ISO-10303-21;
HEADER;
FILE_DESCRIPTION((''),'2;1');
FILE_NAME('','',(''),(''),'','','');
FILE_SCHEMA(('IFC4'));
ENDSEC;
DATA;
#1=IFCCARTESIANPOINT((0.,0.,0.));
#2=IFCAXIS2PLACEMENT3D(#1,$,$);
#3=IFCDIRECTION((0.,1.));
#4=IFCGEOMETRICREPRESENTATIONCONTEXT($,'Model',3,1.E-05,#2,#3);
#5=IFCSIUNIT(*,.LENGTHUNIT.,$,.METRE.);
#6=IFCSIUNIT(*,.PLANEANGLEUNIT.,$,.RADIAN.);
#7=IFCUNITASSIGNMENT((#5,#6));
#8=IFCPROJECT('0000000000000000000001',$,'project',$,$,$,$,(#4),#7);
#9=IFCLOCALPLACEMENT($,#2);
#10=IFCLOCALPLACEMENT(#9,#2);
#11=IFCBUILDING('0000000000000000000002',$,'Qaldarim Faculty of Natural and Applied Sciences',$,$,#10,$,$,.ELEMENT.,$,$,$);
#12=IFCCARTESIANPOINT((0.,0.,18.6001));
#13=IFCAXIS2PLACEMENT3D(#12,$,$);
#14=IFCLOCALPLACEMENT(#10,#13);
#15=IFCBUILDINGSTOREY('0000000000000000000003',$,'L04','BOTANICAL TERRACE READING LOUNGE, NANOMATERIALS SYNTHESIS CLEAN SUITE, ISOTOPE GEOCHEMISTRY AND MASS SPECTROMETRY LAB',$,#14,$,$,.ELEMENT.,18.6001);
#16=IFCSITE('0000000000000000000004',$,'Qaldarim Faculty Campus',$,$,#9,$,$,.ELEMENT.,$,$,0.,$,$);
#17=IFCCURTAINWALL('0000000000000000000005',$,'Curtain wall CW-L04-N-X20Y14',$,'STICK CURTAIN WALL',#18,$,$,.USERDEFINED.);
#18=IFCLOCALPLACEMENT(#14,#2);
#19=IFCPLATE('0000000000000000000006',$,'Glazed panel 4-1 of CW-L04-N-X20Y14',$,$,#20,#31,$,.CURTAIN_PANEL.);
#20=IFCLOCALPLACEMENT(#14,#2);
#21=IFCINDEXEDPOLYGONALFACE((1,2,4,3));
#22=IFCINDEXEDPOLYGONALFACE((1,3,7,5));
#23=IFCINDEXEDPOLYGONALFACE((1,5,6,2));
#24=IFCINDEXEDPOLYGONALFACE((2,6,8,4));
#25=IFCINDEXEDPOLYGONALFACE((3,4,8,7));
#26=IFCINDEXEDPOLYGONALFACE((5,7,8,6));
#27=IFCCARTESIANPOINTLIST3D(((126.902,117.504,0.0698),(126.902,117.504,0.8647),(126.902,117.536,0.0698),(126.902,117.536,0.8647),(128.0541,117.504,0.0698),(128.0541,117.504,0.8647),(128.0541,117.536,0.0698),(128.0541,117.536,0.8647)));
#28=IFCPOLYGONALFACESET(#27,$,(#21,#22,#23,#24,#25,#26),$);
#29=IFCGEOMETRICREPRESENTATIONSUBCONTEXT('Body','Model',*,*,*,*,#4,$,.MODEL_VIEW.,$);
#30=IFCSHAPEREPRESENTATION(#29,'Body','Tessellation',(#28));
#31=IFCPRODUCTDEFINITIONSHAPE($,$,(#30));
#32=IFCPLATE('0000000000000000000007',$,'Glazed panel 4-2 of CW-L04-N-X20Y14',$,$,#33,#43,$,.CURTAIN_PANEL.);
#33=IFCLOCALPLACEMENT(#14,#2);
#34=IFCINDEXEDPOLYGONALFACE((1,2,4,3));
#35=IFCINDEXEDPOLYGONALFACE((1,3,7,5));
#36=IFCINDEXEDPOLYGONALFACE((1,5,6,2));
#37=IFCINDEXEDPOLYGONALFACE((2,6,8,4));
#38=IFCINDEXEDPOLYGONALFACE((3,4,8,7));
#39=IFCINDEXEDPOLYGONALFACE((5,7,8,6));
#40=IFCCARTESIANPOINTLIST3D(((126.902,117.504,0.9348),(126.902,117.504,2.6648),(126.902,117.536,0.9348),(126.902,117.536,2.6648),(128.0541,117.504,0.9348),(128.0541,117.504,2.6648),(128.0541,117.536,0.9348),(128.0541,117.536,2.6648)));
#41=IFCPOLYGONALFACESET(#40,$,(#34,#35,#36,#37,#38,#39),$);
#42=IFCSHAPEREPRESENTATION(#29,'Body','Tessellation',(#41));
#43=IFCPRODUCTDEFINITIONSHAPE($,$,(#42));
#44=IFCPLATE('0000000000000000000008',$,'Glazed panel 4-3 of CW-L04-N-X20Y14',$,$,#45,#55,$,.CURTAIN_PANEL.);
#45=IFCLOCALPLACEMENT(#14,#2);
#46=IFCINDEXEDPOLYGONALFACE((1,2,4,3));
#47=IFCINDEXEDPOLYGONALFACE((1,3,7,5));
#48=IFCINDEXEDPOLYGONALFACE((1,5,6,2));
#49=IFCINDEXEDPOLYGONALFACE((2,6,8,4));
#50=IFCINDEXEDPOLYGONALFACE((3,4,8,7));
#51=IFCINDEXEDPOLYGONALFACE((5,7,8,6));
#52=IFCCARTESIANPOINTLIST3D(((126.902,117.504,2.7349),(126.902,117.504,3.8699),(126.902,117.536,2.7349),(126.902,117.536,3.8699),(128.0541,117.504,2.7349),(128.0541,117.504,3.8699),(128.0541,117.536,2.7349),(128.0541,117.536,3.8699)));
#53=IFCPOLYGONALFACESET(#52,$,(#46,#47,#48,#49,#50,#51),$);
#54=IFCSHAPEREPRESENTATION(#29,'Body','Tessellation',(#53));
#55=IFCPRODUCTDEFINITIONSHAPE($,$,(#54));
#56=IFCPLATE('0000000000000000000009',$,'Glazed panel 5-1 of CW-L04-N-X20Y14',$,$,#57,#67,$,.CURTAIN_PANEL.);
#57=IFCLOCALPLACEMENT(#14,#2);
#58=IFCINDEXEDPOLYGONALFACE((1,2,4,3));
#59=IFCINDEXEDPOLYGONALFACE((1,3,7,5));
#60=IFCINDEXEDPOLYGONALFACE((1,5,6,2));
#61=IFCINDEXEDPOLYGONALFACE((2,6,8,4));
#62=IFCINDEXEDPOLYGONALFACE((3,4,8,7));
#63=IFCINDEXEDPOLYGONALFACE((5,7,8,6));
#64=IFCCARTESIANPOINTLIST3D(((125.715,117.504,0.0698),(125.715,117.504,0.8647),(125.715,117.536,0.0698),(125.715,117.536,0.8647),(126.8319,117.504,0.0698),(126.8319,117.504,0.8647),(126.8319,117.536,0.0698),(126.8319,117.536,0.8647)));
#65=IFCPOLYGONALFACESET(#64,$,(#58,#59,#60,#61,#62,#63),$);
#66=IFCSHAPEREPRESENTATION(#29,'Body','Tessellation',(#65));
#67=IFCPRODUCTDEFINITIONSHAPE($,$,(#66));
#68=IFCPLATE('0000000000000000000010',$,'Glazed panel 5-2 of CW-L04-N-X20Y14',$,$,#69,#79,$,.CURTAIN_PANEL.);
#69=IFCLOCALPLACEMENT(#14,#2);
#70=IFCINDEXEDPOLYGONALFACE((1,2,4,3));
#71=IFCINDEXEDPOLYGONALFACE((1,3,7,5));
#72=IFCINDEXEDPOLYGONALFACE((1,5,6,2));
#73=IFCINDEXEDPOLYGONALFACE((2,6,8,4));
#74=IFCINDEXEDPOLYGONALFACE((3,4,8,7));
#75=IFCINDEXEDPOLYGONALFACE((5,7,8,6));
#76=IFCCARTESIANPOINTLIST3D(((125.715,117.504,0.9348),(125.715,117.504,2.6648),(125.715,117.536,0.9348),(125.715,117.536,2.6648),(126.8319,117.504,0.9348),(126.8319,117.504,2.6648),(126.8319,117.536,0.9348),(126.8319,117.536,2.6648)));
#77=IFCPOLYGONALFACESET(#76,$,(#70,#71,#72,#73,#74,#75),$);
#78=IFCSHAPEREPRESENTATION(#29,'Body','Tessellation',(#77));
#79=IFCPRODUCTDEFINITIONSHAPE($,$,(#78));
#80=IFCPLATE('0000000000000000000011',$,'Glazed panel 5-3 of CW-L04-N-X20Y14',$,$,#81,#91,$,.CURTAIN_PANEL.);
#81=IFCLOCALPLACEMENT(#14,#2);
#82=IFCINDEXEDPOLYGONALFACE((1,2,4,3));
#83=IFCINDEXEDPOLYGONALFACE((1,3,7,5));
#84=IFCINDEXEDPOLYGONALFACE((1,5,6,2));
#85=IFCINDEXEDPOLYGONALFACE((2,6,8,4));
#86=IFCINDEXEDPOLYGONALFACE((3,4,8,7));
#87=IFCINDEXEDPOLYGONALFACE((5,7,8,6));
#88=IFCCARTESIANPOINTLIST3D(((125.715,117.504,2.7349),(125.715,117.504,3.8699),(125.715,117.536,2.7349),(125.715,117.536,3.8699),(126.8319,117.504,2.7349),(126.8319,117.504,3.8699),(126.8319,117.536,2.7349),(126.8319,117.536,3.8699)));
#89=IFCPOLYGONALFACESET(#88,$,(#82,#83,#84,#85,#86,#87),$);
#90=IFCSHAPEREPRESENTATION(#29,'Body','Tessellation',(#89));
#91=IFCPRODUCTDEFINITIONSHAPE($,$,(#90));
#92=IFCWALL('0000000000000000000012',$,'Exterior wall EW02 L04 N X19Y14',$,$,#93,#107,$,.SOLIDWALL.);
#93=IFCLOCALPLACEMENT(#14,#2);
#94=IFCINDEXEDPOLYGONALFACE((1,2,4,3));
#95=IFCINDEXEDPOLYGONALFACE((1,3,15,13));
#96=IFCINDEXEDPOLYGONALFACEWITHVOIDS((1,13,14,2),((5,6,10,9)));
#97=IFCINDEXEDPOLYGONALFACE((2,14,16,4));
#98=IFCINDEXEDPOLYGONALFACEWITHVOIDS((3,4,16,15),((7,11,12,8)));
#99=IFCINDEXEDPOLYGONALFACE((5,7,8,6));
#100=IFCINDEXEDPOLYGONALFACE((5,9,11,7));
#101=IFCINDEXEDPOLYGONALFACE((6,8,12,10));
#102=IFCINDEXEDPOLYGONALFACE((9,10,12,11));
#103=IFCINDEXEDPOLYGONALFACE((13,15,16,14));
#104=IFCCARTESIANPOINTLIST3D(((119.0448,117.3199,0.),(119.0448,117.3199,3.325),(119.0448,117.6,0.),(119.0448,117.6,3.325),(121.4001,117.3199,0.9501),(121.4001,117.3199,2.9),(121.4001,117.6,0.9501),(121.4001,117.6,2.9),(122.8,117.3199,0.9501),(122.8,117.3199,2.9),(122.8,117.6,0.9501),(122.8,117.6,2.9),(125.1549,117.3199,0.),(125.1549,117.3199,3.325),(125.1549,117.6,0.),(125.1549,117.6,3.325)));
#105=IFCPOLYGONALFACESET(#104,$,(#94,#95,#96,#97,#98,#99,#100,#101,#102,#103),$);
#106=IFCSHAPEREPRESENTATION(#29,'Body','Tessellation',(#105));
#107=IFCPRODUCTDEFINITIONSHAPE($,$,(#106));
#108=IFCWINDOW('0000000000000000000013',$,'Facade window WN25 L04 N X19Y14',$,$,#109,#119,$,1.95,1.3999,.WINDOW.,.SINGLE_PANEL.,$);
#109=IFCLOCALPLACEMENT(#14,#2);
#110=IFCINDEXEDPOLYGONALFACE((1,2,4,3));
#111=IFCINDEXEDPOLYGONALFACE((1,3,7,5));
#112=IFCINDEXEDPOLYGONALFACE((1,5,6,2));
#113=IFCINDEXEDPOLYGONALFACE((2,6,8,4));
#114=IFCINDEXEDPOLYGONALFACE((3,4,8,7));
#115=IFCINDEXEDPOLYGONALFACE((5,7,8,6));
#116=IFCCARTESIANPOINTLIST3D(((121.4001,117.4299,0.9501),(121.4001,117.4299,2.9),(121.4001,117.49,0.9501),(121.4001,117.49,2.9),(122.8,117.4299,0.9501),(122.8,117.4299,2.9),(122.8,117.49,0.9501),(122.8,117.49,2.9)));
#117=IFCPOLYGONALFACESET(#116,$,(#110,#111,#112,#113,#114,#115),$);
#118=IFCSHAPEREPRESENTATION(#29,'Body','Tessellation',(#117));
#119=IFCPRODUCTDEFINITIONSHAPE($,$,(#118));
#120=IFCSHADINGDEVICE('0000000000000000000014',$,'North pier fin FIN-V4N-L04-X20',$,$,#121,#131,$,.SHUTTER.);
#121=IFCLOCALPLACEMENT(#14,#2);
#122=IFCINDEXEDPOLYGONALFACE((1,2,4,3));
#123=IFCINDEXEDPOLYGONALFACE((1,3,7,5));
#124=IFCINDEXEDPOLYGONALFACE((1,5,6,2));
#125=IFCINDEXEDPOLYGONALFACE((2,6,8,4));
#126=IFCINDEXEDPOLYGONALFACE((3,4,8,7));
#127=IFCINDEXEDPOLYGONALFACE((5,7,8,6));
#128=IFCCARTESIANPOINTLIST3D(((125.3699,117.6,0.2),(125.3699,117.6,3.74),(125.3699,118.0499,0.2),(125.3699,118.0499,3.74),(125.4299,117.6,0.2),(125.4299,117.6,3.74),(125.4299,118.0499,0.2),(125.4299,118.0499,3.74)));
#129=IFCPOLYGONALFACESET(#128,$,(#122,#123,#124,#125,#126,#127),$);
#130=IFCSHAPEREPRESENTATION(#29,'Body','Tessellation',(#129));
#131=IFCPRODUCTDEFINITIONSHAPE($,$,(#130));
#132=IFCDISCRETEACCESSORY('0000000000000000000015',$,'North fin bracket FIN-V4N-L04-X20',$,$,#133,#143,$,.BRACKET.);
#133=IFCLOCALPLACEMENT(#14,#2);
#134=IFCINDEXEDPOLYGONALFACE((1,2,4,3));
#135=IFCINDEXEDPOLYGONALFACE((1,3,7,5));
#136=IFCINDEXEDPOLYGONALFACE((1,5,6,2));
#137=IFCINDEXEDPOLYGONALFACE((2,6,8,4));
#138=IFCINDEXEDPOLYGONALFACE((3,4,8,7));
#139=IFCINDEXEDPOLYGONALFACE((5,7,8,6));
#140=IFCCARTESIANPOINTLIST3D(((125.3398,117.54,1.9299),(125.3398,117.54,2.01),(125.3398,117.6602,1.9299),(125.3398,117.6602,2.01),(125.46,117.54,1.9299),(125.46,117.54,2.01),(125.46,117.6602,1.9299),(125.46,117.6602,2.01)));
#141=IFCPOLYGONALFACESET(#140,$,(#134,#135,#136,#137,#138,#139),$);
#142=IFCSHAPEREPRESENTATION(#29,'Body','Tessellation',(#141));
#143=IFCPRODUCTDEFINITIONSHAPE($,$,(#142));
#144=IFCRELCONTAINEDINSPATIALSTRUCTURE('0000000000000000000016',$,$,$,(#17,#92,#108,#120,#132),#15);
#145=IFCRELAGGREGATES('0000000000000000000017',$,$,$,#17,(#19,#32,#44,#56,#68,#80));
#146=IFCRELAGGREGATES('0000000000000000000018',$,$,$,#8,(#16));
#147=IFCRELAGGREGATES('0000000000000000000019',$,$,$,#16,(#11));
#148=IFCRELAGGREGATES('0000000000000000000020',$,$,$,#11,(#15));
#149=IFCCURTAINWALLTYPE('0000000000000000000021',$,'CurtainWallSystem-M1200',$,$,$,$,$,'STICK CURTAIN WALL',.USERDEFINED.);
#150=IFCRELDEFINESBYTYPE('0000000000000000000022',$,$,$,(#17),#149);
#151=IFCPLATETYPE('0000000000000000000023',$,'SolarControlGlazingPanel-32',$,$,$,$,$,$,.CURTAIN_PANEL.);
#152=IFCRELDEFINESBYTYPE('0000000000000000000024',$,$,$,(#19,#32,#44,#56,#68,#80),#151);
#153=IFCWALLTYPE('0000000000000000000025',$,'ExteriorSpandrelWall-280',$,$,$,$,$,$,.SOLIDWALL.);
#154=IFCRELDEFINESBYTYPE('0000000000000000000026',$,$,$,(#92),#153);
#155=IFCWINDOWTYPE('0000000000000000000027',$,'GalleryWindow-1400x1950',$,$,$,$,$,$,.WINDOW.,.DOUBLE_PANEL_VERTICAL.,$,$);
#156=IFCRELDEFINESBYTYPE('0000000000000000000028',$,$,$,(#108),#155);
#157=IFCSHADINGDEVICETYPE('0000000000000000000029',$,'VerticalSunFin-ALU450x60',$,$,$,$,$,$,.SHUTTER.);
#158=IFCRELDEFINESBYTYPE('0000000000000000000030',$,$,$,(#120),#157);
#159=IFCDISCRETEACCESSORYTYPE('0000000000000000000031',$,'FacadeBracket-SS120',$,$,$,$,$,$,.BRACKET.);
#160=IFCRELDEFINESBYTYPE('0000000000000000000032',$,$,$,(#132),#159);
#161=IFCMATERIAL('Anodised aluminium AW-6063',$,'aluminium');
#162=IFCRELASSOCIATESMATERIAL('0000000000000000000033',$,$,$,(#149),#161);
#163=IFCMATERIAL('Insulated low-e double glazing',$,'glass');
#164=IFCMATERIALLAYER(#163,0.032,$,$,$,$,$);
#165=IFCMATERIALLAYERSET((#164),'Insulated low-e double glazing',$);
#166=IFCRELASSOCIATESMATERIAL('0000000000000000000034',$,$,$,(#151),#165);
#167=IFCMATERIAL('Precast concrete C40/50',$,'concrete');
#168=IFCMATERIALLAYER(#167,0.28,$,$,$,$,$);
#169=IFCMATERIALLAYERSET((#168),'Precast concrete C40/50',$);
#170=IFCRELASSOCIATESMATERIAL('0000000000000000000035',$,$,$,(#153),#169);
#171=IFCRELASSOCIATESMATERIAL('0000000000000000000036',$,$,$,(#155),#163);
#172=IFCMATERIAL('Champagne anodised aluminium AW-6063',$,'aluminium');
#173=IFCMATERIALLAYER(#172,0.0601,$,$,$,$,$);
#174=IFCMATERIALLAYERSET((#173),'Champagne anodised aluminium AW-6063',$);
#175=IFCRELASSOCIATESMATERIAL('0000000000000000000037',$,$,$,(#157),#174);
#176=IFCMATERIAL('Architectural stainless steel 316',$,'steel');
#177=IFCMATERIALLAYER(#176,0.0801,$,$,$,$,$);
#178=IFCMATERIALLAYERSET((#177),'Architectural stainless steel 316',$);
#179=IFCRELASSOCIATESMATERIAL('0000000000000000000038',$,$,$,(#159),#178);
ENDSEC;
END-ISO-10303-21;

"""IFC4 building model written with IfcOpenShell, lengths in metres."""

from ifc_helpers import new_model, si_unit, direction, frame, frame_2d, origin, origin_2d, place, context, subcontext, project, spatial, rectangle, extrude, material, layer, layer_set, type_object, element, fill, aggregate, save


model = new_model("IFC4")

# Units and contexts
model_context = context("Model", 3, precision=1e-05, world=origin(), true_north=direction((0.0, 1.0)))
body_context = subcontext(model_context, "Body", "Model", "MODEL_VIEW")
ifc_project = project(units=[si_unit("LENGTHUNIT", "METRE"), si_unit("PLANEANGLEUNIT", "RADIAN")], contexts=[model_context])

# Site, building, storey
site_placement = place(None, origin())
site = spatial("IfcSite", under=ifc_project, at=site_placement, Name="Qaldarim Faculty Campus", CompositionType="ELEMENT", RefElevation=0.0)
building_placement = place(site_placement, origin())
building = spatial("IfcBuilding", under=site, at=building_placement, Name="Qaldarim Faculty of Natural and Applied Sciences", CompositionType="ELEMENT")
storey_placement = place(building_placement, frame((0.0, 0.0, 18.6001)))
storey = spatial("IfcBuildingStorey", under=building, at=storey_placement, Name="L04", Description="BOTANICAL TERRACE READING LOUNGE, NANOMATERIALS SYNTHESIS CLEAN SUITE, ISOTOPE GEOCHEMISTRY AND MASS SPECTROMETRY LAB", CompositionType="ELEMENT", Elevation=18.6001)

# Curtain wall
ifc_material_1 = material(Name="Anodised aluminium AW-6063", Category="aluminium")
curtain_wall_type = type_object("IfcCurtainWallType", Name="CurtainWallSystem-M1200", ElementType="STICK CURTAIN WALL", PredefinedType="USERDEFINED", material=ifc_material_1)
curtain_wall_placement = place(storey_placement, origin())
curtain_wall = element("IfcCurtainWall", 1, at=curtain_wall_placement, inside=storey, type_object=curtain_wall_type, Name="Curtain wall CW-L04-N-X20Y14", ObjectType="STICK CURTAIN WALL", PredefinedType="USERDEFINED")

# Shared definitions
ifc_material_2 = material(Name="Precast concrete C40/50", Category="concrete")

# Plates
ifc_material_3 = material(Name="Insulated low-e double glazing", Category="glass")
ifc_layer_1 = layer(ifc_material_3, 0.032)
ifc_layer_set_1 = layer_set([ifc_layer_1], Name="Insulated low-e double glazing")
plate_type = type_object("IfcPlateType", Name="SolarControlGlazingPanel-32", PredefinedType="CURTAIN_PANEL", material=ifc_layer_set_1)
plate_1_placement = place(storey_placement, frame((127.478, 117.52, 0.0698), z_axis=(0.0, 0.0, 1.0), x_axis=(-1.0, 0.0, 0.0)))
plate_1 = element("IfcPlate", 2, at=plate_1_placement, type_object=plate_type, Name="Glazed panel 4-1 of CW-L04-N-X20Y14", PredefinedType="CURTAIN_PANEL", context=body_context, shape_type="SweptSolid", body=[
    extrude(rectangle(XDim=1.1521, YDim=0.032, at=origin_2d()), origin(), (0.0, 0.0, 1.0), 0.7949),
])
plate_2_placement = place(storey_placement, frame((127.478, 117.52, 0.9348), z_axis=(0.0, 0.0, 1.0), x_axis=(-1.0, 0.0, 0.0)))
plate_2 = element("IfcPlate", 3, at=plate_2_placement, type_object=plate_type, Name="Glazed panel 4-2 of CW-L04-N-X20Y14", PredefinedType="CURTAIN_PANEL", context=body_context, shape_type="SweptSolid", body=[
    extrude(rectangle(XDim=1.1521, YDim=0.032, at=origin_2d()), origin(), (0.0, 0.0, 1.0), 1.73),
])
plate_3_placement = place(storey_placement, frame((127.478, 117.52, 2.7349), z_axis=(0.0, 0.0, 1.0), x_axis=(-1.0, 0.0, 0.0)))
plate_3 = element("IfcPlate", 4, at=plate_3_placement, type_object=plate_type, Name="Glazed panel 4-3 of CW-L04-N-X20Y14", PredefinedType="CURTAIN_PANEL", context=body_context, shape_type="SweptSolid", body=[
    extrude(rectangle(XDim=1.1521, YDim=0.032, at=origin_2d()), origin(), (0.0, 0.0, 1.0), 1.135),
])
plate_4_placement = place(storey_placement, frame((126.2734, 117.52, 0.0698), z_axis=(0.0, 0.0, 1.0), x_axis=(-1.0, 0.0, 0.0)))
plate_4 = element("IfcPlate", 5, at=plate_4_placement, type_object=plate_type, Name="Glazed panel 5-1 of CW-L04-N-X20Y14", PredefinedType="CURTAIN_PANEL", context=body_context, shape_type="SweptSolid", body=[
    extrude(rectangle(XDim=1.1169, YDim=0.032, at=origin_2d()), origin(), (0.0, 0.0, 1.0), 0.7949),
])
plate_5_placement = place(storey_placement, frame((126.2734, 117.52, 0.9348), z_axis=(0.0, 0.0, 1.0), x_axis=(-1.0, 0.0, 0.0)))
plate_5 = element("IfcPlate", 6, at=plate_5_placement, type_object=plate_type, Name="Glazed panel 5-2 of CW-L04-N-X20Y14", PredefinedType="CURTAIN_PANEL", context=body_context, shape_type="SweptSolid", body=[
    extrude(rectangle(XDim=1.1169, YDim=0.032, at=origin_2d()), origin(), (0.0, 0.0, 1.0), 1.73),
])
plate_6_placement = place(storey_placement, frame((126.2734, 117.52, 2.7349), z_axis=(0.0, 0.0, 1.0), x_axis=(-1.0, 0.0, 0.0)))
plate_6 = element("IfcPlate", 7, at=plate_6_placement, type_object=plate_type, Name="Glazed panel 5-3 of CW-L04-N-X20Y14", PredefinedType="CURTAIN_PANEL", context=body_context, shape_type="SweptSolid", body=[
    extrude(rectangle(XDim=1.1169, YDim=0.032, at=origin_2d()), origin(), (0.0, 0.0, 1.0), 1.135),
])
aggregate(curtain_wall, [plate_1, plate_2, plate_3, plate_4, plate_5, plate_6])

# Wall, opening, window
ifc_layer_2 = layer(ifc_material_2, 0.28)
ifc_layer_set_2 = layer_set([ifc_layer_2], Name="Precast concrete C40/50")
wall_type = type_object("IfcWallType", Name="ExteriorSpandrelWall-280", PredefinedType="SOLIDWALL", material=ifc_layer_set_2)
wall_placement = place(storey_placement, frame((125.155, 117.46, 0.0), z_axis=(0.0, 0.0, 1.0), x_axis=(-1.0, 0.0, 0.0)))
wall = element("IfcWall", 8, at=wall_placement, inside=storey, type_object=wall_type, Name="Exterior wall EW02 L04 N X19Y14", PredefinedType="SOLIDWALL", context=body_context, shape_type="SweptSolid", body=[
    extrude(rectangle(XDim=6.1101, YDim=0.28, at=frame_2d((3.0552, 0.0))), origin(), (0.0, 0.0, 1.0), 3.325),
])
opening_placement = place(wall_placement, frame((2.355, 0.0, 0.95)))
opening = element("IfcOpeningElement", 9, at=opening_placement, cuts=wall, PredefinedType="OPENING", context=body_context, shape_type="SweptSolid", body=[
    extrude(rectangle(XDim=1.3999, YDim=1.95, at=frame_2d((0.7, 0.9751))), frame((0.0, 0.1499, 0.0), z_axis=(0.0, -1.0, 0.0), x_axis=(1.0, 0.0, 0.0)), (0.0, 0.0, 1.0), 0.3),
])
window_type = type_object("IfcWindowType", Name="GalleryWindow-1400x1950", PartitioningType="DOUBLE_PANEL_VERTICAL", PredefinedType="WINDOW", material=ifc_material_3)
window_placement = place(opening_placement, origin())
window = element("IfcWindow", 10, at=window_placement, inside=storey, type_object=window_type, Name="Facade window WN25 L04 N X19Y14", OverallHeight=1.95, OverallWidth=1.3999, PartitioningType="SINGLE_PANEL", PredefinedType="WINDOW", context=body_context, shape_type="SweptSolid", body=[
    extrude(rectangle(XDim=1.3999, YDim=1.95, at=frame_2d((0.7, 0.9751))), frame((0.0, 0.03, 0.0), z_axis=(0.0, -1.0, 0.0), x_axis=(1.0, 0.0, 0.0)), (0.0, 0.0, 1.0), 0.0601),
])
fill(opening, window)

# Shading device
ifc_material_4 = material(Name="Champagne anodised aluminium AW-6063", Category="aluminium")
ifc_layer_3 = layer(ifc_material_4, 0.0601)
ifc_layer_set_3 = layer_set([ifc_layer_3], Name="Champagne anodised aluminium AW-6063")
shading_device_type = type_object("IfcShadingDeviceType", Name="VerticalSunFin-ALU450x60", PredefinedType="SHUTTER", material=ifc_layer_set_3)
shading_device_placement = place(storey_placement, frame((125.3999, 117.825, 0.2), z_axis=(0.0, 0.0, 1.0), x_axis=(1.0, 0.0, 0.0)))
element("IfcShadingDevice", 11, at=shading_device_placement, inside=storey, type_object=shading_device_type, Name="North pier fin FIN-V4N-L04-X20", PredefinedType="SHUTTER", context=body_context, shape_type="SweptSolid", body=[
    extrude(rectangle(XDim=0.0601, YDim=0.45, at=origin_2d()), origin(), (0.0, 0.0, 1.0), 3.54),
])

# Discrete accessory
ifc_material_5 = material(Name="Architectural stainless steel 316", Category="steel")
ifc_layer_4 = layer(ifc_material_5, 0.0801)
ifc_layer_set_4 = layer_set([ifc_layer_4], Name="Architectural stainless steel 316")
discrete_accessory_type = type_object("IfcDiscreteAccessoryType", Name="FacadeBracket-SS120", PredefinedType="BRACKET", material=ifc_layer_set_4)
discrete_accessory_placement = place(storey_placement, frame((125.3999, 117.6001, 1.9299), z_axis=(0.0, 0.0, 1.0), x_axis=(1.0, 0.0, 0.0)))
element("IfcDiscreteAccessory", 12, at=discrete_accessory_placement, inside=storey, type_object=discrete_accessory_type, Name="North fin bracket FIN-V4N-L04-X20", PredefinedType="BRACKET", context=body_context, shape_type="SweptSolid", body=[
    extrude(rectangle(XDim=0.1201, YDim=0.1201, at=origin_2d()), origin(), (0.0, 0.0, 1.0), 0.0801),
])

save(model, "model.ifc")
